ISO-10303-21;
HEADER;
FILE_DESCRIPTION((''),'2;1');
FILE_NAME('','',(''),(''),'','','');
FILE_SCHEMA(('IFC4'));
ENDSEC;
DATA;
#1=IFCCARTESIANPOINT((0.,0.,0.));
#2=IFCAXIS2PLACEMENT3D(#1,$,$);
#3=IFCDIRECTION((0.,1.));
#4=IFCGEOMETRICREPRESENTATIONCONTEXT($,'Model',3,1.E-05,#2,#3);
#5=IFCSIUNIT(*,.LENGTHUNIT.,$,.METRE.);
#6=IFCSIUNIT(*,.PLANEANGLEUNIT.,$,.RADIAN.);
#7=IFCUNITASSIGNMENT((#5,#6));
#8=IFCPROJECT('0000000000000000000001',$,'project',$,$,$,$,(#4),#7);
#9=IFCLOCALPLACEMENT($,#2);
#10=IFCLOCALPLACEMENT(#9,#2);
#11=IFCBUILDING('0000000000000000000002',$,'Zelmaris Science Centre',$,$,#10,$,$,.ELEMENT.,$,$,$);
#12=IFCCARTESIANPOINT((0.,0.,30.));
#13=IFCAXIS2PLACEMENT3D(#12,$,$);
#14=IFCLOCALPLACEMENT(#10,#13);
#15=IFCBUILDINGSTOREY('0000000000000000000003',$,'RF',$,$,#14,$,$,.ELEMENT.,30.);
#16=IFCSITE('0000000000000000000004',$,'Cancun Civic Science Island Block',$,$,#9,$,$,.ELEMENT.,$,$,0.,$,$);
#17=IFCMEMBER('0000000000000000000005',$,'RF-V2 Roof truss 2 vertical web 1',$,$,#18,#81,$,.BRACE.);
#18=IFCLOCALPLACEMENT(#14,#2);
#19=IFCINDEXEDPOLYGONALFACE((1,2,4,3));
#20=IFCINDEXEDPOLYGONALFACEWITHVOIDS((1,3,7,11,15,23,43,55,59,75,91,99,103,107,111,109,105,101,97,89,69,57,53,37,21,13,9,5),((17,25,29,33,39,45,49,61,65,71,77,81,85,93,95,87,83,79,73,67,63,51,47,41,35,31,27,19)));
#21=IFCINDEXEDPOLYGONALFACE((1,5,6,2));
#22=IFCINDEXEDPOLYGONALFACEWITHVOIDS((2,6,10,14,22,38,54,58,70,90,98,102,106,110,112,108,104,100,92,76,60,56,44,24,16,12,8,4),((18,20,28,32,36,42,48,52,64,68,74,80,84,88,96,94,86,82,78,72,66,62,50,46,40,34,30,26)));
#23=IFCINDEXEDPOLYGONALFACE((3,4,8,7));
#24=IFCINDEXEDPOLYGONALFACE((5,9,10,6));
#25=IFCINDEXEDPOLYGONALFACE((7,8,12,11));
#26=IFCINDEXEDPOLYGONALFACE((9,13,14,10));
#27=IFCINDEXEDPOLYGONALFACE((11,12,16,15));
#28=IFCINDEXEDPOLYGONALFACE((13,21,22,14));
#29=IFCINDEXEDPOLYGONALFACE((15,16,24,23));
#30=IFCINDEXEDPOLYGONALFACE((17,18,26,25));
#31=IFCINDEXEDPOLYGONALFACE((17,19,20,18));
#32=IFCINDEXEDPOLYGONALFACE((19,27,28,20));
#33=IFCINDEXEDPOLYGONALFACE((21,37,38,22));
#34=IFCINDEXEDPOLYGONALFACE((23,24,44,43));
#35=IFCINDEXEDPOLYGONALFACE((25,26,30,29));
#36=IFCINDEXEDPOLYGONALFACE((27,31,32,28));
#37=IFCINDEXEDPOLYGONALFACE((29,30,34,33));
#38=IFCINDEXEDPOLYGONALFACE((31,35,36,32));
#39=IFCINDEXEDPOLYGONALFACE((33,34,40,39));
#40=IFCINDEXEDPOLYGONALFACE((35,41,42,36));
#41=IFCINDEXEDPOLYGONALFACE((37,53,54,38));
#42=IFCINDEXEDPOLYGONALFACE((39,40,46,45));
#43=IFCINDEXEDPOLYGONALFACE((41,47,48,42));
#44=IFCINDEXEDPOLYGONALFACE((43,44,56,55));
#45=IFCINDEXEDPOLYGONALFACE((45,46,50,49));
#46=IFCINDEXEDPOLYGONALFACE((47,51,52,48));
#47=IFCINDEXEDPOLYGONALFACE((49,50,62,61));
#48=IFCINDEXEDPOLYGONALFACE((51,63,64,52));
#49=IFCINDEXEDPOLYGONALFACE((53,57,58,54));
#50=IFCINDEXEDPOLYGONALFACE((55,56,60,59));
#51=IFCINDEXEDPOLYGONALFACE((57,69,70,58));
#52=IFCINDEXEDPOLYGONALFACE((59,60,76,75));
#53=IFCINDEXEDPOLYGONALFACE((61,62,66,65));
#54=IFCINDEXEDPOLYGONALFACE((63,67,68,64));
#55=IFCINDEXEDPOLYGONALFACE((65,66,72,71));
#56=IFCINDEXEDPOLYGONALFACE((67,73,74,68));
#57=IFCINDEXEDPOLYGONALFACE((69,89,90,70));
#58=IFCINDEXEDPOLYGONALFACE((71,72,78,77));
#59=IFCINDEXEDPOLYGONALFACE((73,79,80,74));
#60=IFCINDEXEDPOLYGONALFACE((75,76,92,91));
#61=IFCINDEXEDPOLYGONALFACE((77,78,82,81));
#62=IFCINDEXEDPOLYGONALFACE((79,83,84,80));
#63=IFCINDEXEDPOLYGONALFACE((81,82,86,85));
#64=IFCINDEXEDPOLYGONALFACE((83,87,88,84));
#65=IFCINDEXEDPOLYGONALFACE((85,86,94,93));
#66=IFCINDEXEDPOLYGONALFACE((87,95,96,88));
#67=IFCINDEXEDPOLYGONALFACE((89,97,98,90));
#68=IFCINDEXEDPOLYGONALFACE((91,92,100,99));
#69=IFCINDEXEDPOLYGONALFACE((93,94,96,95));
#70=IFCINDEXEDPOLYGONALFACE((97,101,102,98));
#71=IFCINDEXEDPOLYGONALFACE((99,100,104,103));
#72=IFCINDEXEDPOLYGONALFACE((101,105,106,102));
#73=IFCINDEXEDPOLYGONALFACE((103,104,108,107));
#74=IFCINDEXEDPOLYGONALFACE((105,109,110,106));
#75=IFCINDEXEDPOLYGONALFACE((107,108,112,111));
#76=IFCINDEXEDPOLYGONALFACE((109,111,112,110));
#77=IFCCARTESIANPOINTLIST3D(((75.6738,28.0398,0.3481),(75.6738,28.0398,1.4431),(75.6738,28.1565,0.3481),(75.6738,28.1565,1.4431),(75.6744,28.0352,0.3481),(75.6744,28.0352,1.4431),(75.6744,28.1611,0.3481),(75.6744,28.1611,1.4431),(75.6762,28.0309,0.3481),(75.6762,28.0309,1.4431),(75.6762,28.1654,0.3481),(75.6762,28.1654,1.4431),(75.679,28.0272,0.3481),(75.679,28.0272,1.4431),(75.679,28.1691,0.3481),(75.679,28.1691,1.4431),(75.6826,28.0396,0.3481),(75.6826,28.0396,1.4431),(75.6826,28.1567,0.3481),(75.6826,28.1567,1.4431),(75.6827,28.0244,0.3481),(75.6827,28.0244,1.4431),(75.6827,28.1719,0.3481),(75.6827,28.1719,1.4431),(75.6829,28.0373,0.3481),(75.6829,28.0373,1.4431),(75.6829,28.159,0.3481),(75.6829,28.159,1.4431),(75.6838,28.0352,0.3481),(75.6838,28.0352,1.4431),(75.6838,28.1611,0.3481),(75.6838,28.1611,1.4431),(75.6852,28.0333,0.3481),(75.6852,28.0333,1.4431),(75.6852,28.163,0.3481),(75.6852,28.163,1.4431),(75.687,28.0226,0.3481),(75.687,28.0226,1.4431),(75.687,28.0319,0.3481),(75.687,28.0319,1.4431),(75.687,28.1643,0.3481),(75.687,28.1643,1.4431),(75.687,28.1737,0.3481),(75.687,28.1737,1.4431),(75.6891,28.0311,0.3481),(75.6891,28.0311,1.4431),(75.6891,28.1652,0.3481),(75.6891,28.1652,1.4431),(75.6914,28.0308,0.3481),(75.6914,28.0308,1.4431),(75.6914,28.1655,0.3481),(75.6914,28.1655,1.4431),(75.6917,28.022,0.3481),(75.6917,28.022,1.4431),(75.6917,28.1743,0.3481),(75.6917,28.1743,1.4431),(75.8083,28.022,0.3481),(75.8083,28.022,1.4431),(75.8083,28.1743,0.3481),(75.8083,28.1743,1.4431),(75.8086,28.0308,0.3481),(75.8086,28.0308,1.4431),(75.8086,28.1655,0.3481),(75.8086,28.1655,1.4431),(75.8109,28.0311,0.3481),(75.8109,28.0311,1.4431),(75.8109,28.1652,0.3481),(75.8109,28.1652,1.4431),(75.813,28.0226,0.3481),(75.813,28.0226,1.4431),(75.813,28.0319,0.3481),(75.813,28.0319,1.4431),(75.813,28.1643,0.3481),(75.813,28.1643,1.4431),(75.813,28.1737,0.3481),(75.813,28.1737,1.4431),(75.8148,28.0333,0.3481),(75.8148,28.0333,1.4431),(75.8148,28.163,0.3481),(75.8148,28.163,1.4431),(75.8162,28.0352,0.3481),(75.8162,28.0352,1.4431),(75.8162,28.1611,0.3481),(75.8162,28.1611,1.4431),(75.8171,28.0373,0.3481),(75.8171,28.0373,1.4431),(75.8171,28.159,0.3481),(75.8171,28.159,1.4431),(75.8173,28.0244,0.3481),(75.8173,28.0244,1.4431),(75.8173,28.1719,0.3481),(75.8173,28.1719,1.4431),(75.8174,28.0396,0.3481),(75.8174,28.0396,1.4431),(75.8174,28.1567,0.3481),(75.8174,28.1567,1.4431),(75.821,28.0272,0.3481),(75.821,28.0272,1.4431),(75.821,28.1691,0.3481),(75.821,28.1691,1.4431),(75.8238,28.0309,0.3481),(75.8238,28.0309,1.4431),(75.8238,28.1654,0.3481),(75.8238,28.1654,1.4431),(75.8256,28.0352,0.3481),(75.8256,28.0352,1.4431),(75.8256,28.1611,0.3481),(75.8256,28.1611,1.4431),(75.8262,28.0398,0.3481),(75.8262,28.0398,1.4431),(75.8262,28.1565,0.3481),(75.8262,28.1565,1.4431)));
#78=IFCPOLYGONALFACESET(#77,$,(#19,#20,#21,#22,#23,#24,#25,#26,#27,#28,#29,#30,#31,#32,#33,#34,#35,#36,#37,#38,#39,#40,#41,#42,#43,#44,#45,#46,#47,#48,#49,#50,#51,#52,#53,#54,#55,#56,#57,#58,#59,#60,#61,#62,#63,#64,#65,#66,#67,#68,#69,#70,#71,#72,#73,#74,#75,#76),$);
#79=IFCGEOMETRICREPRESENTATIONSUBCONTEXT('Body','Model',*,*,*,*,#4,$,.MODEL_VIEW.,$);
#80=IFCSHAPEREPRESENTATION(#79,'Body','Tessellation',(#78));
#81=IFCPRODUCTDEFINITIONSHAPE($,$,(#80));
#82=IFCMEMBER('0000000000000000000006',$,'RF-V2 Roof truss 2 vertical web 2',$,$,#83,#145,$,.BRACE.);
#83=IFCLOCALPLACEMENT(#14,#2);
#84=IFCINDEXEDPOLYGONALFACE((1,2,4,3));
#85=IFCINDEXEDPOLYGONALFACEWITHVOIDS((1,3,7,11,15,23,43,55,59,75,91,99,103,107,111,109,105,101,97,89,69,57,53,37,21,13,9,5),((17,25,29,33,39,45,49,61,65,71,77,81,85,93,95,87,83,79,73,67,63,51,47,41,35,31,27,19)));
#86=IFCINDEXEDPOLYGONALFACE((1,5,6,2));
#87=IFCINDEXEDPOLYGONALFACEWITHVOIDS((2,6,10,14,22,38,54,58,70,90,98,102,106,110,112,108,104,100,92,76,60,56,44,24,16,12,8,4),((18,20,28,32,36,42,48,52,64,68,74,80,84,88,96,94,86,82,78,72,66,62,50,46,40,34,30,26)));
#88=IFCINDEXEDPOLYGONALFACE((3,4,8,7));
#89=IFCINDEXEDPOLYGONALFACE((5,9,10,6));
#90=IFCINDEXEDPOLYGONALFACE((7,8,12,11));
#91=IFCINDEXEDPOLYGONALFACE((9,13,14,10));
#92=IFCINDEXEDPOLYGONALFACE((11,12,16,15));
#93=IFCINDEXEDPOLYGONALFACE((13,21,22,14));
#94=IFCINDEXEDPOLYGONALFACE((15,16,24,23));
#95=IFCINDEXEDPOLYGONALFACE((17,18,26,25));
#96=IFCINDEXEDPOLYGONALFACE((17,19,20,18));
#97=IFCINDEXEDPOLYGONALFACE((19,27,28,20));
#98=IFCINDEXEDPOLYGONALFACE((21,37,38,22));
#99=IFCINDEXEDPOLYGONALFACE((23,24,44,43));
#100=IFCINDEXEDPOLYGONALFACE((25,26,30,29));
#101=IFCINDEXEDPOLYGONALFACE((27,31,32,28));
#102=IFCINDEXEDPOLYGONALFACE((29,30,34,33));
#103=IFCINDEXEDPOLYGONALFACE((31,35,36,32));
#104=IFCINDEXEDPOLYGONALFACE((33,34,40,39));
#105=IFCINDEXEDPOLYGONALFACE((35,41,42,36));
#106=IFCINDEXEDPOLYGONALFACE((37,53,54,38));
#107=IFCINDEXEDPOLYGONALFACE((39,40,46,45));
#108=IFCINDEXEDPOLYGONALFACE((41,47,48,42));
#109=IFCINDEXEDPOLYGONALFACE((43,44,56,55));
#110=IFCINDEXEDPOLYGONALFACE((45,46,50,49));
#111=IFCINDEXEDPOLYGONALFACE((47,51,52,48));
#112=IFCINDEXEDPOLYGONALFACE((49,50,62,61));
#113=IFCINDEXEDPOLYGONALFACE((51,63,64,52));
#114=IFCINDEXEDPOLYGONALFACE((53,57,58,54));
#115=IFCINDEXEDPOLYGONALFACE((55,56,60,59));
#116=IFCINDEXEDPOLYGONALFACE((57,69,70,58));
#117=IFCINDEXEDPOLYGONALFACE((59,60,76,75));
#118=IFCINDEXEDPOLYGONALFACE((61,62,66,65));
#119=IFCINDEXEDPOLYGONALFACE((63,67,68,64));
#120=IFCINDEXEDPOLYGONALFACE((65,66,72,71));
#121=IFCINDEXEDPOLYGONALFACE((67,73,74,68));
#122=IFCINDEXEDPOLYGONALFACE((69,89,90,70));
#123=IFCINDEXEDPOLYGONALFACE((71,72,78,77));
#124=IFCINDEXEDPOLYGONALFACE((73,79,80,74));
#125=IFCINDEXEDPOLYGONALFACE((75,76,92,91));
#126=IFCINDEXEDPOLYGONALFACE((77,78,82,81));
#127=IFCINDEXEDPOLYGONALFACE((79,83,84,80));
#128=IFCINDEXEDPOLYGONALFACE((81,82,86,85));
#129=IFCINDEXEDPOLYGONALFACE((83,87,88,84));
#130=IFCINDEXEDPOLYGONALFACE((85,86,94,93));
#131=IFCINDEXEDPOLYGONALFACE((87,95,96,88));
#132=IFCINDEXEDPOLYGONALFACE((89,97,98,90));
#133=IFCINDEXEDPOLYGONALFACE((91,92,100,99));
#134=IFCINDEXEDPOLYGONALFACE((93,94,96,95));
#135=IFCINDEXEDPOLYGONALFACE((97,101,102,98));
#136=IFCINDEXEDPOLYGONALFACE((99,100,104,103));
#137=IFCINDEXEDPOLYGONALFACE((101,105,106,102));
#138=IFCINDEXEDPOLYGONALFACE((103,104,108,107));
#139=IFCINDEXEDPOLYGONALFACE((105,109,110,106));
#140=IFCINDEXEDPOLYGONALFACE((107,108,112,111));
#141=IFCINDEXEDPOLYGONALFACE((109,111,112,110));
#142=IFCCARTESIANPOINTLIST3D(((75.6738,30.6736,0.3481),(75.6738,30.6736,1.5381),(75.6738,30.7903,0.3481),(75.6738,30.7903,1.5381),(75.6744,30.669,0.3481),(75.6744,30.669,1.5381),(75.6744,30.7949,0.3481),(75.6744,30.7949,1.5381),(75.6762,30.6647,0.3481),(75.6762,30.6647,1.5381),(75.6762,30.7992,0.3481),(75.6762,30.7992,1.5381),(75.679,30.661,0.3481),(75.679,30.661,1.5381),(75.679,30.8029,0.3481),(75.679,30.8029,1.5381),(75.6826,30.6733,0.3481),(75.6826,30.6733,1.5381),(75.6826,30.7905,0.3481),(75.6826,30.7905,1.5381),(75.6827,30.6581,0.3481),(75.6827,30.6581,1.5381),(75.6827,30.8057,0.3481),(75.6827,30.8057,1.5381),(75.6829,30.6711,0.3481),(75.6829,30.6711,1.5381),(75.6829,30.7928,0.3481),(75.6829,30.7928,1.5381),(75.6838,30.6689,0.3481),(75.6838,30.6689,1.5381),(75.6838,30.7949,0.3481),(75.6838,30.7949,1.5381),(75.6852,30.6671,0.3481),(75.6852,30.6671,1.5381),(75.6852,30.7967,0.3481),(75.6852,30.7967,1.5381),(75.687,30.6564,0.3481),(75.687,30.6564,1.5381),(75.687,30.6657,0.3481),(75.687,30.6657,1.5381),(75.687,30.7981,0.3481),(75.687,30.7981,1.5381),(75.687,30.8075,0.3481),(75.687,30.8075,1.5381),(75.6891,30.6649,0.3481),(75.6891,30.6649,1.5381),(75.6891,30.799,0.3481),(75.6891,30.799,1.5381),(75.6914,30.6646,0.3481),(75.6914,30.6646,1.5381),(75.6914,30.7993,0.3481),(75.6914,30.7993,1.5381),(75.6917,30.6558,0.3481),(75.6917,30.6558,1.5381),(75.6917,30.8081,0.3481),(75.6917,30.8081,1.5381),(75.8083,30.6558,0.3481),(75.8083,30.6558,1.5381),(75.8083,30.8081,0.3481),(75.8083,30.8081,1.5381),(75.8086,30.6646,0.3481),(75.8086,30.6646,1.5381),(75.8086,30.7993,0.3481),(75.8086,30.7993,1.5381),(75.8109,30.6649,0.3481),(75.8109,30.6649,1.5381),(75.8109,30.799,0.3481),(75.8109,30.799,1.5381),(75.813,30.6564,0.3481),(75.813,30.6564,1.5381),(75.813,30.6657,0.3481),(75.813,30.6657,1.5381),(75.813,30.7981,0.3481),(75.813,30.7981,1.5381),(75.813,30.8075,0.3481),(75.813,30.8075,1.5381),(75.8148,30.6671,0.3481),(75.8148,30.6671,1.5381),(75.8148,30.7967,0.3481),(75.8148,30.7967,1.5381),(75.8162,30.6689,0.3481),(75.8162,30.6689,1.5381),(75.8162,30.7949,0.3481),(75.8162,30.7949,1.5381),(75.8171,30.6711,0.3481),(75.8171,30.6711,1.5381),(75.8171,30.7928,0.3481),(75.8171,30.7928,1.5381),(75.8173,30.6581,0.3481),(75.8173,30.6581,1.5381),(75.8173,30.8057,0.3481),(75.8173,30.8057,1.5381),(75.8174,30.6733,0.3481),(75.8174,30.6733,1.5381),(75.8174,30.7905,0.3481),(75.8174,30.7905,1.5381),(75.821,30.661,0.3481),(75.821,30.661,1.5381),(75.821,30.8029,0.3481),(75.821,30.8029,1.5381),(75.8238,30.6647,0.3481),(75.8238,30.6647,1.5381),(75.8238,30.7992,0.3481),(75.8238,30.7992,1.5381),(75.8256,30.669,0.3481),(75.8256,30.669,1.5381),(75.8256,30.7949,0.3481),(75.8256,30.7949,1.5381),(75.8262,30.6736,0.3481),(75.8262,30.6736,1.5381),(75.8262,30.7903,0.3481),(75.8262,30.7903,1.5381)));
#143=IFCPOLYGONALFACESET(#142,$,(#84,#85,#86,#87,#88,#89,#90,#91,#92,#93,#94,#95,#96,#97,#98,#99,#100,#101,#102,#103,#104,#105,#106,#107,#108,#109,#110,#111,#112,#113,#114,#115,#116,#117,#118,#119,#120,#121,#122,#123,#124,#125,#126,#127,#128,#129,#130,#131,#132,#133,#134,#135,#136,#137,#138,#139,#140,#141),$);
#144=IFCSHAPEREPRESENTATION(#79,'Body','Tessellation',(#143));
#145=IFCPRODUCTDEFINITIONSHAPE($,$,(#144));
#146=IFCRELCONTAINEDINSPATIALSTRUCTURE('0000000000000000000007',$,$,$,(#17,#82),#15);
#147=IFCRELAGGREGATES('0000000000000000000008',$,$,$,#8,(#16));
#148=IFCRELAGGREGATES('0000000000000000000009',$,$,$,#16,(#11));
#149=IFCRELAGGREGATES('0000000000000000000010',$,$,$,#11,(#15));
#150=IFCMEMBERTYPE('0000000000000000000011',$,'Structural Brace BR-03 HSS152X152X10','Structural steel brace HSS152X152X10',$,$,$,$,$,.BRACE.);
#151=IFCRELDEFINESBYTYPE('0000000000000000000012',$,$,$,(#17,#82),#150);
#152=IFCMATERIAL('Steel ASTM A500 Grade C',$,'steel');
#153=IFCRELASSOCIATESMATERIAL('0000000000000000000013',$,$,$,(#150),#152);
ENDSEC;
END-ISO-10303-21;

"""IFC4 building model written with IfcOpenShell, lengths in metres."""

from ifc_helpers import new_model, si_unit, direction, frame, origin, origin_2d, place, context, subcontext, project, spatial, hollow_rectangle, extrude, material, material_profile, profile_set, type_object, element, save


model = new_model("IFC4")

# Units and contexts
model_context = context("Model", 3, precision=1e-05, world=origin(), true_north=direction((0.0, 1.0)))
body_context = subcontext(model_context, "Body", "Model", "MODEL_VIEW")
ifc_project = project(units=[si_unit("LENGTHUNIT", "METRE"), si_unit("PLANEANGLEUNIT", "RADIAN")], contexts=[model_context])

# Site, building, storey
site_placement = place(None, origin())
site = spatial("IfcSite", under=ifc_project, at=site_placement, Name="Cancun Civic Science Island Block", CompositionType="ELEMENT", RefElevation=0.0)
building_placement = place(site_placement, origin())
building = spatial("IfcBuilding", under=site, at=building_placement, Name="Zelmaris Science Centre", CompositionType="ELEMENT")
storey_placement = place(building_placement, frame((0.0, 0.0, 30.0)))
storey = spatial("IfcBuildingStorey", under=building, at=storey_placement, Name="RF", CompositionType="ELEMENT", Elevation=30.0)

# Shared definitions
ifc_material_1 = material(Name="Steel ASTM A500 Grade C", Category="steel")

# Members
ifc_material_profile_1 = material_profile(ifc_material_1, hollow_rectangle(XDim=0.1523, YDim=0.1523, WallThickness=0.0088, InnerFilletRadius=0.0088, OuterFilletRadius=0.0178, at=origin_2d()), Name="HSS152X152X10")
ifc_profile_set_1 = profile_set([ifc_material_profile_1], Name="Steel ASTM A500 Grade C")
member_type_1 = type_object("IfcMemberType", Name="Structural Brace BR-03 HSS152X152X10", Description="Structural steel brace HSS152X152X10", PredefinedType="BRACE", material=ifc_profile_set_1)
member_1_placement = place(storey_placement, frame((75.75, 28.0981, 0.3481), z_axis=(0.0, 0.0, 1.0), x_axis=(1.0, 0.0, 0.0)))
element("IfcMember", 1, at=member_1_placement, inside=storey, type_object=member_type_1, Name="RF-V2 Roof truss 2 vertical web 1", PredefinedType="BRACE", context=body_context, shape_type="SweptSolid", body=[
    extrude(hollow_rectangle(XDim=0.1523, YDim=0.1523, WallThickness=0.0088, InnerFilletRadius=0.0088, OuterFilletRadius=0.0178, at=origin_2d()), origin(), (0.0, 0.0, 1.0), 1.095),
])
member_2_placement = place(storey_placement, frame((75.75, 30.7319, 0.3481), z_axis=(0.0, 0.0, 1.0), x_axis=(1.0, 0.0, 0.0)))
element("IfcMember", 2, at=member_2_placement, inside=storey, type_object=member_type_1, Name="RF-V2 Roof truss 2 vertical web 2", PredefinedType="BRACE", context=body_context, shape_type="SweptSolid", body=[
    extrude(hollow_rectangle(XDim=0.1523, YDim=0.1523, WallThickness=0.0088, InnerFilletRadius=0.0088, OuterFilletRadius=0.0178, at=origin_2d()), origin(), (0.0, 0.0, 1.0), 1.1899),
])

save(model, "model.ifc")
